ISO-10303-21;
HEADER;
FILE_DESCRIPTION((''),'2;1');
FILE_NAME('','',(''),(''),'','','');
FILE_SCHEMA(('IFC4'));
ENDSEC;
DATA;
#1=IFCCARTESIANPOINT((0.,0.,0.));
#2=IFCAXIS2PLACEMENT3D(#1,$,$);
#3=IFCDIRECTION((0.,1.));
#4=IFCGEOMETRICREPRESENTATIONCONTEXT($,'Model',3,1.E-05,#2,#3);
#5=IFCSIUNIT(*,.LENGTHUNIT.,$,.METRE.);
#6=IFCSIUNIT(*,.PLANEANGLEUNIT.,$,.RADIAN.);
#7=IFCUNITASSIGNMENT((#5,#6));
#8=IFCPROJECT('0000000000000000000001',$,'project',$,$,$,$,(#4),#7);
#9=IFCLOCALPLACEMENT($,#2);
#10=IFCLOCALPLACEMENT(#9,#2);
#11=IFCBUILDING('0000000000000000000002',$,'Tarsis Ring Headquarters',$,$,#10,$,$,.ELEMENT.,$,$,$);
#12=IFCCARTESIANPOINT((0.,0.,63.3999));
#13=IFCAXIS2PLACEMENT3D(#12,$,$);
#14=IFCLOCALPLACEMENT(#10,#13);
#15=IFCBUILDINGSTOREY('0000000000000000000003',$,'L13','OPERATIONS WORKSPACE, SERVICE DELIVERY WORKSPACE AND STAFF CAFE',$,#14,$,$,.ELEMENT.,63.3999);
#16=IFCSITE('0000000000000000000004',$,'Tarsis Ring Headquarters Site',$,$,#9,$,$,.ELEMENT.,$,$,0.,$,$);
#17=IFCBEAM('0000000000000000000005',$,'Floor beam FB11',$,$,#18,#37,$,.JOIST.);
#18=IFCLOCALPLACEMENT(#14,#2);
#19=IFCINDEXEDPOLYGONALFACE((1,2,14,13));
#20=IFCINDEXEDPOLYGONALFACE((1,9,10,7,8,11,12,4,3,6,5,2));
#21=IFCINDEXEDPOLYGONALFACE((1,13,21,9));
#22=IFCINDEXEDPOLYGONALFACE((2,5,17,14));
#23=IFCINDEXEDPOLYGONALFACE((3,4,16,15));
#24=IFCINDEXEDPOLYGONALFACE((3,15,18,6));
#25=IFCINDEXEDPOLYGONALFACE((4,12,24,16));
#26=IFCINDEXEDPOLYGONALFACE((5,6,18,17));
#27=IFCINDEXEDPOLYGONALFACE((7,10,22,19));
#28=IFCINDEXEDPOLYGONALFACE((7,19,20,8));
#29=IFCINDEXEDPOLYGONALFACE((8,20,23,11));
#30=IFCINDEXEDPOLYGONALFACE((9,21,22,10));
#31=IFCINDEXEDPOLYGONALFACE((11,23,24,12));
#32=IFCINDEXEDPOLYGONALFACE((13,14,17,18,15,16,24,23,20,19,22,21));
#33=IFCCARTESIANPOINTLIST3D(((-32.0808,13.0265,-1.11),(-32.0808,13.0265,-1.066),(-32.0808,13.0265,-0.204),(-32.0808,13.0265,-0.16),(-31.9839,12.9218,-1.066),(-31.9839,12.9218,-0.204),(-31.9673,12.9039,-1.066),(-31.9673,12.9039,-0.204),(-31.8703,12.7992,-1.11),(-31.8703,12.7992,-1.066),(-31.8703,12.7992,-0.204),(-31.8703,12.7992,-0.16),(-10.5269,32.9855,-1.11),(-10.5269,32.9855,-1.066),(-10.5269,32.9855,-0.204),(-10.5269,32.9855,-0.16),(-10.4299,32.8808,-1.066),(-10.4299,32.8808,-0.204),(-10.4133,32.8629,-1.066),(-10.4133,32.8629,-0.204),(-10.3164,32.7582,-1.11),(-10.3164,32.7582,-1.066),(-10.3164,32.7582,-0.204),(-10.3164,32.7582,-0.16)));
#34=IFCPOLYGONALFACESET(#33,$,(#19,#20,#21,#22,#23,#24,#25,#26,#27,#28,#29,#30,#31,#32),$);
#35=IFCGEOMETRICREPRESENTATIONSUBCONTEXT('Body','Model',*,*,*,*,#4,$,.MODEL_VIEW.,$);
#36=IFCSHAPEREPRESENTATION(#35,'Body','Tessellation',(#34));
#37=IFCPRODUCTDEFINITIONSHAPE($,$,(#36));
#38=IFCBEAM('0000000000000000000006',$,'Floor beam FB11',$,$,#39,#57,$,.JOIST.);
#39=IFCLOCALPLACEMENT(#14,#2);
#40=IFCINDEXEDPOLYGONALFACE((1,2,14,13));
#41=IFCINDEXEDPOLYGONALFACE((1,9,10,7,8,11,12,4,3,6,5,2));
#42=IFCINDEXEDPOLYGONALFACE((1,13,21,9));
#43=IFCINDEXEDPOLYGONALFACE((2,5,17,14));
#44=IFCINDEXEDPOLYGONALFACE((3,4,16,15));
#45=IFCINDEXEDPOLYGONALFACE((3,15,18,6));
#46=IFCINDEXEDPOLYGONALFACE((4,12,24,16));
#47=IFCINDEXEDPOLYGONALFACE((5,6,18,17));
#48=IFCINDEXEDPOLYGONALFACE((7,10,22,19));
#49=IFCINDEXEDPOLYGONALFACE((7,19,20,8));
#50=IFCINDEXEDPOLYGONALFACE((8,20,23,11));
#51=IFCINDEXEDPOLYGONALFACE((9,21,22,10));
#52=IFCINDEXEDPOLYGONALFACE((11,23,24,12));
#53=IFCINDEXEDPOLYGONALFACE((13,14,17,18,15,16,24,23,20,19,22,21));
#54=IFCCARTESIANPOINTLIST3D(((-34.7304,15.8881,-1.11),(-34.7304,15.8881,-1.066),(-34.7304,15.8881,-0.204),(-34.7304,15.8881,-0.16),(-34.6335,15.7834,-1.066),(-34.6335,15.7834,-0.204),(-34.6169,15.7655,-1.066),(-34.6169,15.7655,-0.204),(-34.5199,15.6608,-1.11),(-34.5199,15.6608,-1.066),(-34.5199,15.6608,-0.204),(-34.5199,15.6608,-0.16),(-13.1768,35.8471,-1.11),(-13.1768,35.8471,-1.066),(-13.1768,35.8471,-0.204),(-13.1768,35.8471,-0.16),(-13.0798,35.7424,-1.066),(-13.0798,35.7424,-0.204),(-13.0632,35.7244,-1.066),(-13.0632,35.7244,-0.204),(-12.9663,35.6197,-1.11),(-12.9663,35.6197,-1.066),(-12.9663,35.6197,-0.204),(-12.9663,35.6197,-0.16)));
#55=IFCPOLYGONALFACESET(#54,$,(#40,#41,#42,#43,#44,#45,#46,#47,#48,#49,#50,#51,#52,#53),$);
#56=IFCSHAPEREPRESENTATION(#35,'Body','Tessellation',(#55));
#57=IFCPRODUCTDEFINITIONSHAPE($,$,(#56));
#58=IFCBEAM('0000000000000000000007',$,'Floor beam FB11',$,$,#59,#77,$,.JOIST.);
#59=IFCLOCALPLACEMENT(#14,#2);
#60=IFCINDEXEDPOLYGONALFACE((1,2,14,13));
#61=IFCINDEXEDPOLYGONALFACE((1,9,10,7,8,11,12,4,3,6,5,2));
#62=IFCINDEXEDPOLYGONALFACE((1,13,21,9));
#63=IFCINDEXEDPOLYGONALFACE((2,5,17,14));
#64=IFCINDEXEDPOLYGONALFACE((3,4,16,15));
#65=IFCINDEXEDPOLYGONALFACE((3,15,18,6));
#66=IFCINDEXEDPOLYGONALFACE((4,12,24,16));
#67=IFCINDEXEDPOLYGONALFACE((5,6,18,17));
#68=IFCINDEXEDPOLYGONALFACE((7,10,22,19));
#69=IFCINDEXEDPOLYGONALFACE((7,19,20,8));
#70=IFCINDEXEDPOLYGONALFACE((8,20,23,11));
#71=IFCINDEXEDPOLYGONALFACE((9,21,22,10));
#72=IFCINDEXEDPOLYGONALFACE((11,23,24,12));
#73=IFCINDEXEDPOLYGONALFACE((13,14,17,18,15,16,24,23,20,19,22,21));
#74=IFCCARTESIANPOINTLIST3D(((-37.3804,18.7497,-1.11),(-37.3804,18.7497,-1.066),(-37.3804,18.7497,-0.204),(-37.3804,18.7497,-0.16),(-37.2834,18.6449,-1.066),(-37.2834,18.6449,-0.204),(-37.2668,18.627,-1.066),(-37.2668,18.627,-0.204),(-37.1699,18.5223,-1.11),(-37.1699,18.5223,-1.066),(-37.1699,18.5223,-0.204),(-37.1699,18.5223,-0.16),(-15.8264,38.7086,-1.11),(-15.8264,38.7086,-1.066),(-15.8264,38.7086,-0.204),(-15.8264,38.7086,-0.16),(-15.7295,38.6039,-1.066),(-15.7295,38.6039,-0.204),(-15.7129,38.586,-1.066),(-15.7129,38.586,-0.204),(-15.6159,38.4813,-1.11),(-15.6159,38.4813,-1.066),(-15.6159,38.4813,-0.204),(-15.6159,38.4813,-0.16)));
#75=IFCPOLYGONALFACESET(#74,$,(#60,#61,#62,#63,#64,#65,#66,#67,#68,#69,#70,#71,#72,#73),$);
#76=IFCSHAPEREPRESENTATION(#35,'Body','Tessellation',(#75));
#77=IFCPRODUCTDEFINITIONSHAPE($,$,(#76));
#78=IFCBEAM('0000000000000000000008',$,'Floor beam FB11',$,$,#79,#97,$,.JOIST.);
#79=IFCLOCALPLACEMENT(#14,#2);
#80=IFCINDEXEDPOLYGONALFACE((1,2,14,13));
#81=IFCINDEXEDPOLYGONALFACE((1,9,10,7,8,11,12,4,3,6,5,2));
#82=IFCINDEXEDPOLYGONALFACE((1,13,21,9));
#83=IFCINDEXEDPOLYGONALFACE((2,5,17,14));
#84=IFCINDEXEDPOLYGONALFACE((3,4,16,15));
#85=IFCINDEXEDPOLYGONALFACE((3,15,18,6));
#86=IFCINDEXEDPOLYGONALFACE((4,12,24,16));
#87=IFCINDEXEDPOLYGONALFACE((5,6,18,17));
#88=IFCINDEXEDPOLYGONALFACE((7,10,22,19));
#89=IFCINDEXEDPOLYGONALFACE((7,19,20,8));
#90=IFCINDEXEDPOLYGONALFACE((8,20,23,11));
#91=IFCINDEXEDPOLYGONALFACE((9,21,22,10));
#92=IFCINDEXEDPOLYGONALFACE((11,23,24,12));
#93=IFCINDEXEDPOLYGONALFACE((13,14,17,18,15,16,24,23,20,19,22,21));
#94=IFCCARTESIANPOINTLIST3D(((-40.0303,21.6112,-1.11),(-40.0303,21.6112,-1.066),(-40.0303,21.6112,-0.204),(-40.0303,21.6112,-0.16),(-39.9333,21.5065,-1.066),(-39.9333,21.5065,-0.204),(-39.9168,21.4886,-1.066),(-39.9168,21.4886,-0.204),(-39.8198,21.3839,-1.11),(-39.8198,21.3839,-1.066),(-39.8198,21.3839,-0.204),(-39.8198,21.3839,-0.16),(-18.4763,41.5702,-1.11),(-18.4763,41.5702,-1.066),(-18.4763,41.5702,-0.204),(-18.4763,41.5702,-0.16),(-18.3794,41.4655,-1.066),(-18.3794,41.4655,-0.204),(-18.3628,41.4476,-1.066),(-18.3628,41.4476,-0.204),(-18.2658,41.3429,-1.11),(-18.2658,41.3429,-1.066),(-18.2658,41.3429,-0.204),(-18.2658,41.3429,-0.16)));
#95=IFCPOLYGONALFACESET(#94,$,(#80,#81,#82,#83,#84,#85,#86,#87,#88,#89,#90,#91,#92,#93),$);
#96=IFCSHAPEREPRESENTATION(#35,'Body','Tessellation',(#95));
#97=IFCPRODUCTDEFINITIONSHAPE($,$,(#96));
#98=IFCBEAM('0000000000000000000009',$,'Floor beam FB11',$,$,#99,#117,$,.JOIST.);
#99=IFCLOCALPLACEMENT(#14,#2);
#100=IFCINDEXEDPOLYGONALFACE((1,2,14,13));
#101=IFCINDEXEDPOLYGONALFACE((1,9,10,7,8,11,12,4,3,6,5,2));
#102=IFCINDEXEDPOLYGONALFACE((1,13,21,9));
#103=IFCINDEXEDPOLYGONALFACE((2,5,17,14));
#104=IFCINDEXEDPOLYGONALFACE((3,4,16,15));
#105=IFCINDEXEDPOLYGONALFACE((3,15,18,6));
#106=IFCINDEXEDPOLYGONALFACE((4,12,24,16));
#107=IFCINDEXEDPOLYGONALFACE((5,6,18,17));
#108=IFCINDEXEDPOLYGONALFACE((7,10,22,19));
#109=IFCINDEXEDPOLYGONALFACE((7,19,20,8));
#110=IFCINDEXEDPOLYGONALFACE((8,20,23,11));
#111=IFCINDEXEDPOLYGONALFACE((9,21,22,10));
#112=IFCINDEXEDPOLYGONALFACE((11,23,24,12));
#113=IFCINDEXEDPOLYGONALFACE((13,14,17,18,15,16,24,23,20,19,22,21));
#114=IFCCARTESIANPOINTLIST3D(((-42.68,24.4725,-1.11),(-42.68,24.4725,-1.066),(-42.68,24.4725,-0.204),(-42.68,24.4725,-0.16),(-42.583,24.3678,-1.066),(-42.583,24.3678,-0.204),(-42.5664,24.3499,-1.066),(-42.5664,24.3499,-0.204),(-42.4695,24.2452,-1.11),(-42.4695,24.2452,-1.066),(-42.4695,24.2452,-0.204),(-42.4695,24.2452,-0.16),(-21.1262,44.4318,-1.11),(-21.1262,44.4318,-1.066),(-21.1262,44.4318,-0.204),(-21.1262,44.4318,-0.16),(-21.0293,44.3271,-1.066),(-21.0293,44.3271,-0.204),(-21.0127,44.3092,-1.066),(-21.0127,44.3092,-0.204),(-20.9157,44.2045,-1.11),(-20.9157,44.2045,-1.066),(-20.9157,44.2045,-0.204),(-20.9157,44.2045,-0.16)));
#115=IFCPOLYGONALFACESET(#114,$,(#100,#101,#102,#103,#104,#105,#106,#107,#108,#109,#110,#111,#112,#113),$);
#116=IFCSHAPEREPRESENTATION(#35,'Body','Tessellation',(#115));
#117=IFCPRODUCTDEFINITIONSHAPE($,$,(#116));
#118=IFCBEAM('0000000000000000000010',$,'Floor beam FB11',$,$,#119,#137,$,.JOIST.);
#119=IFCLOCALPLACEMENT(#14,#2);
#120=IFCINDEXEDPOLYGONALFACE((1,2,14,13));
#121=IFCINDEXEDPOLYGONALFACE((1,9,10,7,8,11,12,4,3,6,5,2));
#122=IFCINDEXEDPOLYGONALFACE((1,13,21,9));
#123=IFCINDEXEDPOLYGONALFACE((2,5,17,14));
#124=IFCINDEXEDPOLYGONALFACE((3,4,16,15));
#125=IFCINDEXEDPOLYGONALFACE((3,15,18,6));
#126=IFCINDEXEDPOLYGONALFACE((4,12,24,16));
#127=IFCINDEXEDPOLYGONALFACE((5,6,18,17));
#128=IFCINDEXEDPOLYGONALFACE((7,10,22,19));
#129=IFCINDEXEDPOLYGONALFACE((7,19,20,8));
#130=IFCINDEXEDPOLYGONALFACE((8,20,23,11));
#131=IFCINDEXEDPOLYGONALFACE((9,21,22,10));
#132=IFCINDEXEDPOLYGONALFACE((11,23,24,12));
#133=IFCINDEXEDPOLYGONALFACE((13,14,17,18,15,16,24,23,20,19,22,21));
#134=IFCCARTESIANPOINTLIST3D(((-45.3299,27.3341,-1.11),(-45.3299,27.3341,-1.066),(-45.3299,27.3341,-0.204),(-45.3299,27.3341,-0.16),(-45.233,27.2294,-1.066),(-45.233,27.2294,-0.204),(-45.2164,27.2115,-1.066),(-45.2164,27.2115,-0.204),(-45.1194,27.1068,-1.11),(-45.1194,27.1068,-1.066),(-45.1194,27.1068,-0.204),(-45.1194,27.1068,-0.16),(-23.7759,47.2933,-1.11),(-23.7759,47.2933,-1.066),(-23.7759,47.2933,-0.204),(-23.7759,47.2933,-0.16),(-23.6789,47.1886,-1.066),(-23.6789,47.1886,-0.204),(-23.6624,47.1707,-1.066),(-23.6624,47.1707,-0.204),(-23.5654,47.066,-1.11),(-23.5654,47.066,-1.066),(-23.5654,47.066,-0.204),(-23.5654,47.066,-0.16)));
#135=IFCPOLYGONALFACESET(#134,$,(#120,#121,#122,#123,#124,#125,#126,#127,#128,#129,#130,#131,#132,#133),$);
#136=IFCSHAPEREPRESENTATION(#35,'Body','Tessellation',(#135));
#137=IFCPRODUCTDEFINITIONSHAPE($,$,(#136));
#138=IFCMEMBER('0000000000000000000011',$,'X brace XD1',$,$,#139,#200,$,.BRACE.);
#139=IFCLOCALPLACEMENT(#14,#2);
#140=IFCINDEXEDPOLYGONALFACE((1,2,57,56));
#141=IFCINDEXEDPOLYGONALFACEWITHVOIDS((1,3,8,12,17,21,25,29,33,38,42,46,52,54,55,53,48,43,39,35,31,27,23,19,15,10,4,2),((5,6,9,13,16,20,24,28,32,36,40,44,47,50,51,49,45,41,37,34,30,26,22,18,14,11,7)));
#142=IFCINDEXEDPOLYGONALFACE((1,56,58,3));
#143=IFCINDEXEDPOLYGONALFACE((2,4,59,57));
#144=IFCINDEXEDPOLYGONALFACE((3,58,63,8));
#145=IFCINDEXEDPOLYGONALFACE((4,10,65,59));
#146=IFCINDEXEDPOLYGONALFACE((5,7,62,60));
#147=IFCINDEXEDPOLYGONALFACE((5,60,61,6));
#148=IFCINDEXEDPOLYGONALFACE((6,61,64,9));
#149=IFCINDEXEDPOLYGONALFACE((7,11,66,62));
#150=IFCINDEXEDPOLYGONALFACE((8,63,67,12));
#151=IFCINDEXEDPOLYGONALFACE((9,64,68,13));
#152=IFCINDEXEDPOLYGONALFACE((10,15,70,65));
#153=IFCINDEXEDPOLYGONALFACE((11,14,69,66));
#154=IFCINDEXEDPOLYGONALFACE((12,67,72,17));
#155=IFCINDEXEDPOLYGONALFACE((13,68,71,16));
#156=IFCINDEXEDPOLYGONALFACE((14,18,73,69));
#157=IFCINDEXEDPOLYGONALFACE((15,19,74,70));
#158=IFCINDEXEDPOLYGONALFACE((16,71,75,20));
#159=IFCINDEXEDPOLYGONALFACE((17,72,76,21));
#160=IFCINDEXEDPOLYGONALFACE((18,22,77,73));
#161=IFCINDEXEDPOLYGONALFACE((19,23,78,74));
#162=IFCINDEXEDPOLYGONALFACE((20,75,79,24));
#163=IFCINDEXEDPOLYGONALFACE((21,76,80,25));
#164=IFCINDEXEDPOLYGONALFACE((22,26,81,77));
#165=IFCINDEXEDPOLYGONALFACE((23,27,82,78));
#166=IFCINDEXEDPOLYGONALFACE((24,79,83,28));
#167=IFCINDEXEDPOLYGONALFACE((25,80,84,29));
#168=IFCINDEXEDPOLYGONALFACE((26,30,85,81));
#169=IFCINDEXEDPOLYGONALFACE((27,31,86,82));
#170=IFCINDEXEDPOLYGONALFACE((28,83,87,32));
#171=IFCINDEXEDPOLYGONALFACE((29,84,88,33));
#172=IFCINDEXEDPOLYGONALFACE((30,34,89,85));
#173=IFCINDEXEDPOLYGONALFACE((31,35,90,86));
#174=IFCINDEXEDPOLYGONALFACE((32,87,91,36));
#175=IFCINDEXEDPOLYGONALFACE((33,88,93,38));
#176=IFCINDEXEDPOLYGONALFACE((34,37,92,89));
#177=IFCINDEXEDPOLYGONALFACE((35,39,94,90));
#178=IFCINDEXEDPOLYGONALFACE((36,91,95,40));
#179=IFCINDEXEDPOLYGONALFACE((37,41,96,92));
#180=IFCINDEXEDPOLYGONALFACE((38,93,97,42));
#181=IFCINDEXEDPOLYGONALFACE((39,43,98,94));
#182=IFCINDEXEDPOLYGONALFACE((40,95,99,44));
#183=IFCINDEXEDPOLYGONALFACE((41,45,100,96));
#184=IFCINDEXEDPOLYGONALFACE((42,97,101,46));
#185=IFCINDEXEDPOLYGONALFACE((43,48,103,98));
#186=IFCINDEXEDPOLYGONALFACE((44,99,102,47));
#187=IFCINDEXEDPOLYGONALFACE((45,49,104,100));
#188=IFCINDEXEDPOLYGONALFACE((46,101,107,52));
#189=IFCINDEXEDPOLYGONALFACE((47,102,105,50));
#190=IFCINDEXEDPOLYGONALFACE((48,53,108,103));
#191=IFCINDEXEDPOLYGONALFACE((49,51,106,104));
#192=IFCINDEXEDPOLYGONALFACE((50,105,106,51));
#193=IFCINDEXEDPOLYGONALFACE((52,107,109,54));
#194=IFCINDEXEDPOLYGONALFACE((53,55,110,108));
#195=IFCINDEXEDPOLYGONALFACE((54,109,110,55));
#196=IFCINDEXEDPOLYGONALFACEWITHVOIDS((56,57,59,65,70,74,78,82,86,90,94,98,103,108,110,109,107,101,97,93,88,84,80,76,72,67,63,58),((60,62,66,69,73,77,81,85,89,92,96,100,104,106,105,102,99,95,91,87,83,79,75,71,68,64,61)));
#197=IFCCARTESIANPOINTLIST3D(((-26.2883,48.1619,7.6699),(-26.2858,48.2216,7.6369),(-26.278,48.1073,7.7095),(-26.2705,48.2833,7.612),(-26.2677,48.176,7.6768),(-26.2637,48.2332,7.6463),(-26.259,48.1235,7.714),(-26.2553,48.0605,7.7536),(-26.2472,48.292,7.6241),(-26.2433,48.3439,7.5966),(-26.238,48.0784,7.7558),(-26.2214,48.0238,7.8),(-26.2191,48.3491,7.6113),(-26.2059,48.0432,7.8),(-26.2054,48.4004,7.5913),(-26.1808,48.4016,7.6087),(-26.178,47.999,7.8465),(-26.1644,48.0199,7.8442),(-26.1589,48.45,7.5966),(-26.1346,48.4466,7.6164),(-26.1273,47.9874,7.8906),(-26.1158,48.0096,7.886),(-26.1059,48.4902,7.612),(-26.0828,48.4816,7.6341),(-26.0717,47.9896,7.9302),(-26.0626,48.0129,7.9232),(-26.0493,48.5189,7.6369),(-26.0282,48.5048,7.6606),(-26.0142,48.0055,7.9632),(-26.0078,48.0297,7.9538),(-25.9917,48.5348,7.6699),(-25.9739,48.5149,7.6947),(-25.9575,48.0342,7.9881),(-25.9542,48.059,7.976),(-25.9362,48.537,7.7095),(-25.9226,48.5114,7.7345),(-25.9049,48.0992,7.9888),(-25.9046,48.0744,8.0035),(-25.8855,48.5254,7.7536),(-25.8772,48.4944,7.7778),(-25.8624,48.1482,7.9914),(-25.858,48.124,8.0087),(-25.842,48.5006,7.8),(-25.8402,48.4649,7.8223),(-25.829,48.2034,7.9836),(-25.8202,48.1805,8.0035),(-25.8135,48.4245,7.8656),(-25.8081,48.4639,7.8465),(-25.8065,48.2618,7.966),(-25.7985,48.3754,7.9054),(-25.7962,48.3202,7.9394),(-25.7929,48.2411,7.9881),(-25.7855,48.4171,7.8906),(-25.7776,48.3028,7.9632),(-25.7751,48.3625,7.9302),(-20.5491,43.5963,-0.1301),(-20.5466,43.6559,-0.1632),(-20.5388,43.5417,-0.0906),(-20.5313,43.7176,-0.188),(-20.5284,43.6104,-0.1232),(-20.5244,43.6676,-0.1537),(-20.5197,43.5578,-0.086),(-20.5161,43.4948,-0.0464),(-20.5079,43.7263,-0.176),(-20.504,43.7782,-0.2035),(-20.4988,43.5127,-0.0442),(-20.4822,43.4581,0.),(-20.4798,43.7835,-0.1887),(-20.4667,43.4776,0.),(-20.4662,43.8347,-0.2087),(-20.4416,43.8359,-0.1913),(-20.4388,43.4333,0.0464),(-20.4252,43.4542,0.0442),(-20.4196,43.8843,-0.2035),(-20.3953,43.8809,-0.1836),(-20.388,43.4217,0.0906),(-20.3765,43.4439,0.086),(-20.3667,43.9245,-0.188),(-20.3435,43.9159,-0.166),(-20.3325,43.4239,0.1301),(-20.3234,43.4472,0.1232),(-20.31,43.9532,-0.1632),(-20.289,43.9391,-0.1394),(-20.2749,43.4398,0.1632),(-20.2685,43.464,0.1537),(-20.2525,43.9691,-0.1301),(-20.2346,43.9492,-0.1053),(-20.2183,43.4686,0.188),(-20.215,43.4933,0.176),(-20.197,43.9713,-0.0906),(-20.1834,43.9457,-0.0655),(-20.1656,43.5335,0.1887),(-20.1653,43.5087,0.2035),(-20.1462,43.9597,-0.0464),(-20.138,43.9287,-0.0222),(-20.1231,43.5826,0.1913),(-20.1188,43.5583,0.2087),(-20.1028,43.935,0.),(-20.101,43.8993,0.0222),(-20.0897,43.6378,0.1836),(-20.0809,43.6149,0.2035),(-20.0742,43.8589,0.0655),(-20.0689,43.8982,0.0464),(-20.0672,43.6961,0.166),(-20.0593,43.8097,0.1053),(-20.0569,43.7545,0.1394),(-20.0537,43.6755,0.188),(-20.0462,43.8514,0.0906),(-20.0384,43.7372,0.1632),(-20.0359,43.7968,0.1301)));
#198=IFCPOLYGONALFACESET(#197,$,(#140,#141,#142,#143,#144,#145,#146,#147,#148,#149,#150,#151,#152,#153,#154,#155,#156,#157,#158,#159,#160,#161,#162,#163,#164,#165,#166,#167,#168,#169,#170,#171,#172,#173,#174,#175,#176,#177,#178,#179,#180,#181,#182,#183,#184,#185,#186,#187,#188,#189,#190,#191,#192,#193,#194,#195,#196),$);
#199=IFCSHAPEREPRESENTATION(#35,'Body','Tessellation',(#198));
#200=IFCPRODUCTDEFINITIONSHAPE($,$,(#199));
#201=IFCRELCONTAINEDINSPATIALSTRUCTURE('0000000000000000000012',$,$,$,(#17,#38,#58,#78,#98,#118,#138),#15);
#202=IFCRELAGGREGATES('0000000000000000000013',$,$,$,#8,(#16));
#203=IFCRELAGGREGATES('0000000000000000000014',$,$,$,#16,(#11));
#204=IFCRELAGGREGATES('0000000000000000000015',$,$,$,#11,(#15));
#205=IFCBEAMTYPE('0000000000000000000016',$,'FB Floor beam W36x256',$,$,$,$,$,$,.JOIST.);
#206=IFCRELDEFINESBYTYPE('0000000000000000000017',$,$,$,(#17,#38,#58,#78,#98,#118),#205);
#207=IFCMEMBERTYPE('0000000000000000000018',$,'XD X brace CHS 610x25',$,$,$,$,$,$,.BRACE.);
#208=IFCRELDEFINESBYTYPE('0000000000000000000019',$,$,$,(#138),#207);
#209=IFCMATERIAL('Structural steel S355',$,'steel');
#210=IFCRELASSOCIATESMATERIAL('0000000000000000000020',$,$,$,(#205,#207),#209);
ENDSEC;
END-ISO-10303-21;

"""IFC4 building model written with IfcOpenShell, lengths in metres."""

from ifc_helpers import new_model, si_unit, direction, frame, origin, origin_2d, place, context, subcontext, project, spatial, hollow_circle, i_section, extrude, material, material_profile, profile_set, type_object, element, save


model = new_model("IFC4")

# Units and contexts
model_context = context("Model", 3, precision=1e-05, world=origin(), true_north=direction((0.0, 1.0)))
body_context = subcontext(model_context, "Body", "Model", "MODEL_VIEW")
ifc_project = project(units=[si_unit("LENGTHUNIT", "METRE"), si_unit("PLANEANGLEUNIT", "RADIAN")], contexts=[model_context])

# Site, building, storey
site_placement = place(None, origin())
site = spatial("IfcSite", under=ifc_project, at=site_placement, Name="Tarsis Ring Headquarters Site", CompositionType="ELEMENT", RefElevation=0.0)
building_placement = place(site_placement, origin())
building = spatial("IfcBuilding", under=site, at=building_placement, Name="Tarsis Ring Headquarters", CompositionType="ELEMENT")
storey_placement = place(building_placement, frame((0.0, 0.0, 63.3999)))
storey = spatial("IfcBuildingStorey", under=building, at=storey_placement, Name="L13", Description="OPERATIONS WORKSPACE, SERVICE DELIVERY WORKSPACE AND STAFF CAFE", CompositionType="ELEMENT", Elevation=63.3999)

# Beams
ifc_material_1 = material(Name="Structural steel S355", Category="steel")
ifc_material_profile_1 = material_profile(ifc_material_1, i_section(OverallWidth=0.3098, OverallDepth=0.95, WebThickness=0.0244, FlangeThickness=0.0439, at=origin_2d()), Name="W36x256")
ifc_profile_set_1 = profile_set([ifc_material_profile_1], Name="Structural steel S355")
beam_type_1 = type_object("IfcBeamType", Name="FB Floor beam W36x256", PredefinedType="JOIST", material=ifc_profile_set_1)
beam_1_placement = place(storey_placement, frame((-10.4216, 32.8718, -0.635), z_axis=(-0.733733, -0.679438, 0.0), x_axis=(0.679438, -0.733733, 0.0)))
element("IfcBeam", 1, at=beam_1_placement, inside=storey, type_object=beam_type_1, Name="Floor beam FB11", PredefinedType="JOIST", context=body_context, shape_type="SweptSolid", body=[
    extrude(i_section(OverallWidth=0.3098, OverallDepth=0.95, WebThickness=0.0244, FlangeThickness=0.0439, at=origin_2d()), origin(), (0.0, 0.0, 1.0), 29.3757),
])
beam_2_placement = place(storey_placement, frame((-13.0715, 35.7334, -0.635), z_axis=(-0.733729, -0.679442, 0.0), x_axis=(0.679442, -0.733729, 0.0)))
element("IfcBeam", 2, at=beam_2_placement, inside=storey, type_object=beam_type_1, Name="Floor beam FB11", PredefinedType="JOIST", context=body_context, shape_type="SweptSolid", body=[
    extrude(i_section(OverallWidth=0.3098, OverallDepth=0.95, WebThickness=0.0244, FlangeThickness=0.0439, at=origin_2d()), origin(), (0.0, 0.0, 1.0), 29.3755),
])
for number, where, z_axis, x_axis, name in (
    (3, (-15.7212, 38.595, -0.635), (-0.733733, -0.679438, 0.0), (0.679438, -0.733733, 0.0), "Floor beam FB11"),
    (4, (-18.3711, 41.4565, -0.635), (-0.733733, -0.679438, 0.0), (0.679438, -0.733733, 0.0), "Floor beam FB11"),
    (5, (-21.021, 44.3181, -0.635), (-0.733725, -0.679446, 0.0), (0.679446, -0.733725, 0.0), "Floor beam FB11"),
):
    element("IfcBeam", number, at=place(storey_placement, frame(where, z_axis=z_axis, x_axis=x_axis)), inside=storey, type_object=beam_type_1, Name=name, PredefinedType="JOIST", context=body_context, shape_type="SweptSolid", body=[
        extrude(i_section(OverallWidth=0.3098, OverallDepth=0.95, WebThickness=0.0244, FlangeThickness=0.0439, at=origin_2d()), origin(), (0.0, 0.0, 1.0), 29.3757),
    ])
beam_3_placement = place(storey_placement, frame((-23.6707, 47.1797, -0.635), z_axis=(-0.733729, -0.679442, 0.0), x_axis=(0.679442, -0.733729, 0.0)))
element("IfcBeam", 6, at=beam_3_placement, inside=storey, type_object=beam_type_1, Name="Floor beam FB11", PredefinedType="JOIST", context=body_context, shape_type="SweptSolid", body=[
    extrude(i_section(OverallWidth=0.3098, OverallDepth=0.95, WebThickness=0.0244, FlangeThickness=0.0439, at=origin_2d()), origin(), (0.0, 0.0, 1.0), 29.376),
])

# Member
ifc_material_profile_2 = material_profile(ifc_material_1, hollow_circle(Radius=0.3047, WallThickness=0.0249, at=origin_2d()), Name="CHS 610x25")
ifc_profile_set_2 = profile_set([ifc_material_profile_2], Name="Structural steel S355")
member_type = type_object("IfcMemberType", Name="XD X brace CHS 610x25", PredefinedType="BRACE", material=ifc_profile_set_2)
member_1_placement = place(storey_placement, frame((-20.2925, 43.6965, 0.0), z_axis=(-0.536063, 0.426447, 0.728546), x_axis=(-0.622553, -0.782577, 0.0)))
element("IfcMember", 7, at=member_1_placement, inside=storey, type_object=member_type, Name="X brace XD1", PredefinedType="BRACE", context=body_context, shape_type="SweptSolid", body=[
    extrude(hollow_circle(Radius=0.3047, WallThickness=0.0249, at=origin_2d()), origin(), (0.0, 0.0, 1.0), 10.7063),
])

save(model, "model.ifc")
